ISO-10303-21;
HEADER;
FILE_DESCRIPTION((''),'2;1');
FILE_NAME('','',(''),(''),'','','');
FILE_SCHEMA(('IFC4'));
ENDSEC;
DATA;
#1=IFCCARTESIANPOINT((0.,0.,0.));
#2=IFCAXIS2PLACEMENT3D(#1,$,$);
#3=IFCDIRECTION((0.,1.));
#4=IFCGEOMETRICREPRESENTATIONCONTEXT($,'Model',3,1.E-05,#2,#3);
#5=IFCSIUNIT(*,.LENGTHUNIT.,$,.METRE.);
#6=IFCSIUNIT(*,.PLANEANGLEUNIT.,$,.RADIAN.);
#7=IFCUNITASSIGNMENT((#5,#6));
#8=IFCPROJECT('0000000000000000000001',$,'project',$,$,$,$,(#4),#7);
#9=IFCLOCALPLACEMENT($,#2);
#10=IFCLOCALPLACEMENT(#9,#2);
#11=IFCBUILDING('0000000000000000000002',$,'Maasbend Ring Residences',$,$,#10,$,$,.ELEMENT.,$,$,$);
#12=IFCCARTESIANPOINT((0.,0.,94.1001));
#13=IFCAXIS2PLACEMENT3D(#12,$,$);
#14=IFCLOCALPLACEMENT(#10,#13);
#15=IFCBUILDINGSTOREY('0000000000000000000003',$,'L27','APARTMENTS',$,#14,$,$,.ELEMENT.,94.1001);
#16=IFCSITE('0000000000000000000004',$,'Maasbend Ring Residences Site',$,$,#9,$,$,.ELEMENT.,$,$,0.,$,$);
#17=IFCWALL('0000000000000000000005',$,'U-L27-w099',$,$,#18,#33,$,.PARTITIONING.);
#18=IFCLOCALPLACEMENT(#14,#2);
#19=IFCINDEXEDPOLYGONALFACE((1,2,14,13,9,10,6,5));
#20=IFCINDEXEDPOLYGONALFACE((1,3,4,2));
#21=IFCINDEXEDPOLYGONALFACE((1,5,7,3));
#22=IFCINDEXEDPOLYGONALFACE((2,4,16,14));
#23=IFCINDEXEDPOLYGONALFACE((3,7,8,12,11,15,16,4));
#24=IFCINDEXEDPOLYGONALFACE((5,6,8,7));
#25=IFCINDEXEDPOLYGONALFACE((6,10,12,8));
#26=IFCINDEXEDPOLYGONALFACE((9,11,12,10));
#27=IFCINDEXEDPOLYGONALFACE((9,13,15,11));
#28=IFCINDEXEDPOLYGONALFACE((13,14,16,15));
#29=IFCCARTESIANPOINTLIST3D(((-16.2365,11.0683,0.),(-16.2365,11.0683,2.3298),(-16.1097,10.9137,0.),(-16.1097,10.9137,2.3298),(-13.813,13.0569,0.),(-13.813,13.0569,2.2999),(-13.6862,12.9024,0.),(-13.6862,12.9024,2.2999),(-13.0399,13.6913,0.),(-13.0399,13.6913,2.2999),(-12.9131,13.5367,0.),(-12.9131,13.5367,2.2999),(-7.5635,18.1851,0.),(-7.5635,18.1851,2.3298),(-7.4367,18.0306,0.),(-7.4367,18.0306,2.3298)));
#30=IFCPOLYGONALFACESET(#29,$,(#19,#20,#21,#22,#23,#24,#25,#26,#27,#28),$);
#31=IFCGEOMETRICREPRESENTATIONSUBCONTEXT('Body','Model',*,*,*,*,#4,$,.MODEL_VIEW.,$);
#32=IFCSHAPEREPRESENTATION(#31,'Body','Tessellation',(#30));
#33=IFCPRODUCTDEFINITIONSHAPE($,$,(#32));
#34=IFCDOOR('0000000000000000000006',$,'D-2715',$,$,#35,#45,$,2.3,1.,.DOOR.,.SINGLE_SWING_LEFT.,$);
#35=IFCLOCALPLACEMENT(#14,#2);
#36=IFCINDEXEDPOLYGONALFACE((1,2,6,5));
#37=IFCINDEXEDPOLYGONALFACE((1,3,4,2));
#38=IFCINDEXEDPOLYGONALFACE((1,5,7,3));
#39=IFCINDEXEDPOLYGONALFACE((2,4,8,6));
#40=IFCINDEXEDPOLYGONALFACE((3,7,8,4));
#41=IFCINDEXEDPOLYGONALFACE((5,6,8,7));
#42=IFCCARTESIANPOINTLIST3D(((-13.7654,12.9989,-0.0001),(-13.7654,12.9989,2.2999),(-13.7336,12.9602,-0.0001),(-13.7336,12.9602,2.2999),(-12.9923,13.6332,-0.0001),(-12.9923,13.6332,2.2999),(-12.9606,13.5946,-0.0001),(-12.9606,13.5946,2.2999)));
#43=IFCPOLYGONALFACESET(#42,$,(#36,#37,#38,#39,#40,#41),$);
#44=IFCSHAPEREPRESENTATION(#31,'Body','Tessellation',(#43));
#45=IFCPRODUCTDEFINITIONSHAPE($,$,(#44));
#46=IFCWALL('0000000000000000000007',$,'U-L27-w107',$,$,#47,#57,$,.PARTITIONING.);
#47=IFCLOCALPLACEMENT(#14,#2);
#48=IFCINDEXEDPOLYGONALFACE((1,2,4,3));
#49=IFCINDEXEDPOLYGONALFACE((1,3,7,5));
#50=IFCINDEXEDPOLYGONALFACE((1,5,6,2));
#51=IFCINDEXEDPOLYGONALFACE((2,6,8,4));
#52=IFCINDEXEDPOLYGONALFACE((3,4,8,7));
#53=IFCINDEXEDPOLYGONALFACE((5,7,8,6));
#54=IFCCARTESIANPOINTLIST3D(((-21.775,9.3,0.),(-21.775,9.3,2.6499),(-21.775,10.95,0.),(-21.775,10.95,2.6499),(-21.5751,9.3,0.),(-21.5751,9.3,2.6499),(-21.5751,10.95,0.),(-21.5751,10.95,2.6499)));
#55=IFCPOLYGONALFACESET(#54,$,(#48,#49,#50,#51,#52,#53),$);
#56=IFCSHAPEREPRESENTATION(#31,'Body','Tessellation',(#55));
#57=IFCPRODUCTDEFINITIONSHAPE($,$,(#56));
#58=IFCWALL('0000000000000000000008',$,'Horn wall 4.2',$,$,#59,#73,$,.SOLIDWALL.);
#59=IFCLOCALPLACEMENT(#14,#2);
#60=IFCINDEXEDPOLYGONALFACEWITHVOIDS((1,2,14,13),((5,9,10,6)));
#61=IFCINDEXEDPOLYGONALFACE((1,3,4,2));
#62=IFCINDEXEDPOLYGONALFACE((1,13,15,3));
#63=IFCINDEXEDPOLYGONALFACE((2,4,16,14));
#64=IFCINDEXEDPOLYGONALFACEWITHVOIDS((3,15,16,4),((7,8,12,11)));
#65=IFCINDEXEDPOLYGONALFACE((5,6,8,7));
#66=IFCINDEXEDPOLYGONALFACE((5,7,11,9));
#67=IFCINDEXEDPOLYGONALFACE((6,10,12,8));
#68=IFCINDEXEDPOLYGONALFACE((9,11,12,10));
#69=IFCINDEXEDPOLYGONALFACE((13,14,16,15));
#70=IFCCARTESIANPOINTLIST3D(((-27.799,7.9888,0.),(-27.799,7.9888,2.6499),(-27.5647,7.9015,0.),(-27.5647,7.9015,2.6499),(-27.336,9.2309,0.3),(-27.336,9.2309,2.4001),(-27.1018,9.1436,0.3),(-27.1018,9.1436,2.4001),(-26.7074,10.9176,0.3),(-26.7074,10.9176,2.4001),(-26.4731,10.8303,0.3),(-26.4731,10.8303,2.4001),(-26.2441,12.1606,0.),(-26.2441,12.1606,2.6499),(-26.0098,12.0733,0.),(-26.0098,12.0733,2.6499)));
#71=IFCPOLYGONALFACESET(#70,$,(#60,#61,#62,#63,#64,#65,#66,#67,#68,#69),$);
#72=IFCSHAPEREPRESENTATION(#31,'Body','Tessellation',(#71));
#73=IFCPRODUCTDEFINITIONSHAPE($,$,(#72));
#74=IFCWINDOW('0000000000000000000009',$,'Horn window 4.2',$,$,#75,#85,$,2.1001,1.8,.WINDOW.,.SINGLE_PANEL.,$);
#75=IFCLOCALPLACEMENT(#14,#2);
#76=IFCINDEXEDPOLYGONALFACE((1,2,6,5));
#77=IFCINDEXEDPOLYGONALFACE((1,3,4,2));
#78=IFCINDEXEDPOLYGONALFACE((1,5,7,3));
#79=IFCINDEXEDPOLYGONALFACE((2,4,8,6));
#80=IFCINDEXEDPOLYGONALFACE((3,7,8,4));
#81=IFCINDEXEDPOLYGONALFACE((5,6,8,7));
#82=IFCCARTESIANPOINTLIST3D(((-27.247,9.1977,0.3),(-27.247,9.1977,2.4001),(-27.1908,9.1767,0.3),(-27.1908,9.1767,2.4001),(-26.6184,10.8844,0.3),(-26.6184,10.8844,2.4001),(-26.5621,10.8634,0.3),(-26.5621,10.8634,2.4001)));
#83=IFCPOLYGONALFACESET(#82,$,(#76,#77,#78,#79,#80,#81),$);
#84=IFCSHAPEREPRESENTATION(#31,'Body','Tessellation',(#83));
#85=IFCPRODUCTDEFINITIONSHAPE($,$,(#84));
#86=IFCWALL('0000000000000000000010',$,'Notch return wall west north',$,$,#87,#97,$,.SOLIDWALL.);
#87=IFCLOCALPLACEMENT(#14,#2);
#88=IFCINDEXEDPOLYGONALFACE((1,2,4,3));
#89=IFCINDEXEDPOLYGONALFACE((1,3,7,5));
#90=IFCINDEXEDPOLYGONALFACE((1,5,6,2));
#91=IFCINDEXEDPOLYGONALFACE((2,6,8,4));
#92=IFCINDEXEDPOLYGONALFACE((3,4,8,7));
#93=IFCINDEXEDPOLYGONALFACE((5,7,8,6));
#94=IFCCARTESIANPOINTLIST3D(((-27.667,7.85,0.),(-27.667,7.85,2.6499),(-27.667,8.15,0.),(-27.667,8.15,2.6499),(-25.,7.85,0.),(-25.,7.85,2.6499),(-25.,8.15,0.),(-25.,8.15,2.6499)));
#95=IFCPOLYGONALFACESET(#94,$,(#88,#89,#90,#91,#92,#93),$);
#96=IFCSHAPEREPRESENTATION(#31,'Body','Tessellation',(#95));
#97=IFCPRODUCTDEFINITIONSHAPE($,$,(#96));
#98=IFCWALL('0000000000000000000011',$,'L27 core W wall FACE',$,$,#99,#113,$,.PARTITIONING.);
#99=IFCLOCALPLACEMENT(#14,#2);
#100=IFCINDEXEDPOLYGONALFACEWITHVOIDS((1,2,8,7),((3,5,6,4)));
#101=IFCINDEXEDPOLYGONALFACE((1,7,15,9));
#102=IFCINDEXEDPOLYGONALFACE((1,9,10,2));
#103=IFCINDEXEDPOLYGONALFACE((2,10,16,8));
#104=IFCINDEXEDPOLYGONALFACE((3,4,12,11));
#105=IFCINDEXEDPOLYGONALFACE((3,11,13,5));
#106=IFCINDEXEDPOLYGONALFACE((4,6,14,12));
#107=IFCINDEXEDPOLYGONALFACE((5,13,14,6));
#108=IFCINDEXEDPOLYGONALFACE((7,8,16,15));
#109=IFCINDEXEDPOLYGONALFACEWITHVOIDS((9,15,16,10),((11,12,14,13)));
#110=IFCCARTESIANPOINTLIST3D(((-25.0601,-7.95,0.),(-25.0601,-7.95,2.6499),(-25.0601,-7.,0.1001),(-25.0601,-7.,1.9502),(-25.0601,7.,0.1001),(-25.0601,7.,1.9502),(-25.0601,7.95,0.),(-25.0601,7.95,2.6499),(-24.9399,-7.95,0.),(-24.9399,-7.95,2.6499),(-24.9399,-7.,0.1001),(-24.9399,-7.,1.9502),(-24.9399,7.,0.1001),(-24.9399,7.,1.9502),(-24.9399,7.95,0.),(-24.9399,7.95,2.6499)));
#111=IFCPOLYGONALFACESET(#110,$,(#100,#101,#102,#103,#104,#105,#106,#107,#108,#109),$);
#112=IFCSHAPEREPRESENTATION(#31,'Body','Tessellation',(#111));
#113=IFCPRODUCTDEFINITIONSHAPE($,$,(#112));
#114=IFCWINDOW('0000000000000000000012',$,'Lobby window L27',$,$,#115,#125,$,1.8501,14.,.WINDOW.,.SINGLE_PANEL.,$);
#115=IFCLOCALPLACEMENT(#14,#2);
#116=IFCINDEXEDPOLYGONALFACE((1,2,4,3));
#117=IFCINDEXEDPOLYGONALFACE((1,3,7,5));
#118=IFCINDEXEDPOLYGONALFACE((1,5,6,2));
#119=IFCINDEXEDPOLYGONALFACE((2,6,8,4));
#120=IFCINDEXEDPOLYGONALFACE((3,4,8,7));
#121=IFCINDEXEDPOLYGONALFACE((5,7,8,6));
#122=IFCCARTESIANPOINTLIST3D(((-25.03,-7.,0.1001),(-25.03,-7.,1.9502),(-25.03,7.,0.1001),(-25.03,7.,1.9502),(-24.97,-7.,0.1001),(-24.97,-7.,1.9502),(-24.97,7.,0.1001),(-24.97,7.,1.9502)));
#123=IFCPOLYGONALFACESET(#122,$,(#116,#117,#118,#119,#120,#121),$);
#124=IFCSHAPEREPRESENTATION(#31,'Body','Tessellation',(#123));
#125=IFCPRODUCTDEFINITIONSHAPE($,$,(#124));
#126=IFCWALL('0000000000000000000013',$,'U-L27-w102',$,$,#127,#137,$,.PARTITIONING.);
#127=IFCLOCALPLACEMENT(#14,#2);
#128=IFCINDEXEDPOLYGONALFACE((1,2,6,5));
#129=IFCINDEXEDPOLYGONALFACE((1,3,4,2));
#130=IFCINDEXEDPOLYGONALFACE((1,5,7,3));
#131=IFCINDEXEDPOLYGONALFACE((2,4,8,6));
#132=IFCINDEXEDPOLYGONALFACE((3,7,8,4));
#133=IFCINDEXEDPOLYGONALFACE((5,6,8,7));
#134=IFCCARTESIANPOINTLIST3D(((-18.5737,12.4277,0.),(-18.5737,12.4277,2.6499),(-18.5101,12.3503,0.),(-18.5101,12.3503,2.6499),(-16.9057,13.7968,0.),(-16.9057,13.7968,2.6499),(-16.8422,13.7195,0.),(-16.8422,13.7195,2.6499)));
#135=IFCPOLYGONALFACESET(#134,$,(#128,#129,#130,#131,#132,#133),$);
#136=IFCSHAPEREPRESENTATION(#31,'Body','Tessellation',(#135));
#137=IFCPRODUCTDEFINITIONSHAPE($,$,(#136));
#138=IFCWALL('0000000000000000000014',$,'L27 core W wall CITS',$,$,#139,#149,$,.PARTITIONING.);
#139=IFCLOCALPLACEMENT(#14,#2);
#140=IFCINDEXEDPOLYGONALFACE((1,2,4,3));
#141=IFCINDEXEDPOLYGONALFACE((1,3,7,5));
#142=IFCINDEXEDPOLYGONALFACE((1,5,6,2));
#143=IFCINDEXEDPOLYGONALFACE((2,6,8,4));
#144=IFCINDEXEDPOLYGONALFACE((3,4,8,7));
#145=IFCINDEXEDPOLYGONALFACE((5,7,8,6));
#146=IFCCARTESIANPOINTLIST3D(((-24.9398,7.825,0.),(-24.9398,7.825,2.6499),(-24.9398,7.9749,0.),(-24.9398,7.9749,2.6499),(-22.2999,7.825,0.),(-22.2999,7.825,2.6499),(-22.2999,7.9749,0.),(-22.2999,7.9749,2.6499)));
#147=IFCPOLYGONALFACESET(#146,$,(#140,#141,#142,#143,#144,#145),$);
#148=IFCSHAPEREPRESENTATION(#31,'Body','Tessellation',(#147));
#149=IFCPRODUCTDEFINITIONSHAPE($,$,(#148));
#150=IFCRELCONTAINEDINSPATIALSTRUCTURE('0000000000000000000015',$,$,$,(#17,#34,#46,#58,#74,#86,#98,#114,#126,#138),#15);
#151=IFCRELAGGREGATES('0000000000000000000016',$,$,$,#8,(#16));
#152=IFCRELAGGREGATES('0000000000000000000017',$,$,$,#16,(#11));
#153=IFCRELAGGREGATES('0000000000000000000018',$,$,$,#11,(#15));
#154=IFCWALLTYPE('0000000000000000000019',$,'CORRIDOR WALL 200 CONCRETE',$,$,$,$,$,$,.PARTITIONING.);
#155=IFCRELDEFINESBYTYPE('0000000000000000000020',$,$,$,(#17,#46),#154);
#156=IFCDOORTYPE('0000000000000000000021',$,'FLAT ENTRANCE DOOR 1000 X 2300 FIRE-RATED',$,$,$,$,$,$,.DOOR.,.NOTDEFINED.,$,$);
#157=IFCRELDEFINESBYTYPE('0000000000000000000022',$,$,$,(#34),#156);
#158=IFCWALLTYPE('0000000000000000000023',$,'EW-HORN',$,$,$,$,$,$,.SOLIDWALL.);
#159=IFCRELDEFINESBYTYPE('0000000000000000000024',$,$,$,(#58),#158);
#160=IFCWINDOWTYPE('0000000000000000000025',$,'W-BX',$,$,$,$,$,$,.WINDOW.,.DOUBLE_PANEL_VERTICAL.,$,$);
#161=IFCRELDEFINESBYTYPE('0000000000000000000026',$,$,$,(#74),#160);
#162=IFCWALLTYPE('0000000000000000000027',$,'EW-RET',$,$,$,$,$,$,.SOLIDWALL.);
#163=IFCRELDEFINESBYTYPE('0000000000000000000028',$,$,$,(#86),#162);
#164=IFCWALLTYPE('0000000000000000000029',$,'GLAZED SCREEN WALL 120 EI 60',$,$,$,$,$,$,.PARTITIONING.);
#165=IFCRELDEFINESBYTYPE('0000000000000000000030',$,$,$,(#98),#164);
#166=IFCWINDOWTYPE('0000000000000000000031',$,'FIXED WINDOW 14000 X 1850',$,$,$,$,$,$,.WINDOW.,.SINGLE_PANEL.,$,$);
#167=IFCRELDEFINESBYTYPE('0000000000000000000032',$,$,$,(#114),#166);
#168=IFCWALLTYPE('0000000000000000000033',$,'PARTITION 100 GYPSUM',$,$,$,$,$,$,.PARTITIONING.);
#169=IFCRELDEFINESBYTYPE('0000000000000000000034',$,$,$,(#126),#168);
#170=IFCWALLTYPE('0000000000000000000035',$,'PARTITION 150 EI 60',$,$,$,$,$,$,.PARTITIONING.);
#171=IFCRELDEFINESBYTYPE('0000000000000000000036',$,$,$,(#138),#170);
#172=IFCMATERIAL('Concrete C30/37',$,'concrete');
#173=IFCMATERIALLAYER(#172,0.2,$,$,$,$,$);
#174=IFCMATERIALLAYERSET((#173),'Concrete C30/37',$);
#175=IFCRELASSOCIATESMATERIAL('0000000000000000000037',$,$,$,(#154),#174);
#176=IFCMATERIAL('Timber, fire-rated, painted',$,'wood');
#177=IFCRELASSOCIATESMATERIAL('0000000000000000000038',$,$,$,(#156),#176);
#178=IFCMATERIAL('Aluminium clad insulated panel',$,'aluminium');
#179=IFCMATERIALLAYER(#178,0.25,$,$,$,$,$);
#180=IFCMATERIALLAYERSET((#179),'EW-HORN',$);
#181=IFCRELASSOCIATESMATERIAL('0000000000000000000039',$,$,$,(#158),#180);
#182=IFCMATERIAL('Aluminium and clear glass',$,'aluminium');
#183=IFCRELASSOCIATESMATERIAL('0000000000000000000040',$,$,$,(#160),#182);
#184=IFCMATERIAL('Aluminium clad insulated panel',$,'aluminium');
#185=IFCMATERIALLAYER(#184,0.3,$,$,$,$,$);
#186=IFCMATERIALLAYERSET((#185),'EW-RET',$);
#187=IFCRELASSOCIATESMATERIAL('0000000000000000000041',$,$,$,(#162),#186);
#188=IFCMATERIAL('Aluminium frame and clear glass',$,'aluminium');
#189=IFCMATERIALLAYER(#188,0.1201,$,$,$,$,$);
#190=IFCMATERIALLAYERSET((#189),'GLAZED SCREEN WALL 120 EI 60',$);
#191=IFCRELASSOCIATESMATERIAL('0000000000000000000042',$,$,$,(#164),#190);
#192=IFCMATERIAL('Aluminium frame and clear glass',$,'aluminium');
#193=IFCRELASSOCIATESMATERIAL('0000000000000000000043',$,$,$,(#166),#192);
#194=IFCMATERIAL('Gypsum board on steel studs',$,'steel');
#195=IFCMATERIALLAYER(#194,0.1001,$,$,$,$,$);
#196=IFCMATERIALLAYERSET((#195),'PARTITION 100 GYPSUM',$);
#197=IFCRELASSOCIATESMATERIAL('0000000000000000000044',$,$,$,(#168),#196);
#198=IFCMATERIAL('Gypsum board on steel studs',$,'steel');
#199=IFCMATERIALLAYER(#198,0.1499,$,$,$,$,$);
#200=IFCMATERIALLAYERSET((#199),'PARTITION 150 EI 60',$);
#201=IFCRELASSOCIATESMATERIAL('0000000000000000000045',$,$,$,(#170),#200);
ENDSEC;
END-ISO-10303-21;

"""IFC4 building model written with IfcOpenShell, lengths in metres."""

from ifc_helpers import new_model, si_unit, direction, frame, frame_2d, origin, place, context, subcontext, project, spatial, rectangle, extrude, material, layer, layer_set, type_object, element, fill, save


model = new_model("IFC4")

# Units and contexts
model_context = context("Model", 3, precision=1e-05, world=origin(), true_north=direction((0.0, 1.0)))
body_context = subcontext(model_context, "Body", "Model", "MODEL_VIEW")
ifc_project = project(units=[si_unit("LENGTHUNIT", "METRE"), si_unit("PLANEANGLEUNIT", "RADIAN")], contexts=[model_context])

# Site, building, storey
site_placement = place(None, origin())
site = spatial("IfcSite", under=ifc_project, at=site_placement, Name="Maasbend Ring Residences Site", CompositionType="ELEMENT", RefElevation=0.0)
building_placement = place(site_placement, origin())
building = spatial("IfcBuilding", under=site, at=building_placement, Name="Maasbend Ring Residences", CompositionType="ELEMENT")
storey_placement = place(building_placement, frame((0.0, 0.0, 94.1001)))
storey = spatial("IfcBuildingStorey", under=building, at=storey_placement, Name="L27", Description="APARTMENTS", CompositionType="ELEMENT", Elevation=94.1001)

# Wall, opening, door
ifc_material_1 = material(Name="Concrete C30/37", Category="concrete")
ifc_layer_1 = layer(ifc_material_1, 0.2)
ifc_layer_set_1 = layer_set([ifc_layer_1], Name="Concrete C30/37")
wall_type_1 = type_object("IfcWallType", Name="CORRIDOR WALL 200 CONCRETE", PredefinedType="PARTITIONING", material=ifc_layer_set_1)
wall_1_placement = place(storey_placement, frame((-16.1731, 10.991, 0.0), z_axis=(0.0, 0.0, 1.0), x_axis=(0.773049, 0.634346, 0.0)))
wall_1 = element("IfcWall", 1, at=wall_1_placement, inside=storey, type_object=wall_type_1, Name="U-L27-w099", PredefinedType="PARTITIONING", context=body_context, shape_type="SweptSolid", body=[
    extrude(rectangle(XDim=11.2192, YDim=0.2, at=frame_2d((5.6096, 0.0))), origin(), (0.0, 0.0, 1.0), 2.3298),
])
opening_1_placement = place(wall_1_placement, frame((3.135, 0.0, 0.0)))
opening_1 = element("IfcOpeningElement", 2, at=opening_1_placement, cuts=wall_1, PredefinedType="OPENING", context=body_context, shape_type="SweptSolid", body=[
    extrude(rectangle(XDim=1.0, YDim=2.3, at=frame_2d((0.5, 1.1499))), frame((0.0, 0.1099, 0.0), z_axis=(0.0, -1.0, 0.0), x_axis=(1.0, 0.0, 0.0)), (0.0, 0.0, 1.0), 0.22),
])
ifc_material_2 = material(Name="Timber, fire-rated, painted", Category="wood")
door_type_1 = type_object("IfcDoorType", Name="FLAT ENTRANCE DOOR 1000 X 2300 FIRE-RATED", OperationType="NOTDEFINED", PredefinedType="DOOR", material=ifc_material_2)
door_1_placement = place(opening_1_placement, origin())
door_1 = element("IfcDoor", 3, at=door_1_placement, inside=storey, type_object=door_type_1, Name="D-2715", OperationType="SINGLE_SWING_LEFT", OverallHeight=2.3, OverallWidth=1.0, PredefinedType="DOOR", context=body_context, shape_type="SweptSolid", body=[
    extrude(rectangle(XDim=1.0, YDim=2.3, at=frame_2d((0.5, 1.1499))), frame((0.0, 0.0249, 0.0), z_axis=(0.0, -1.0, 0.0), x_axis=(1.0, 0.0, 0.0)), (0.0, 0.0, 1.0), 0.05),
])
fill(opening_1, door_1)

# Wall
wall_2_placement = place(storey_placement, frame((-21.675, 9.3, 0.0), z_axis=(0.0, 0.0, 1.0), x_axis=(0.0, 1.0, 0.0)))
element("IfcWall", 4, at=wall_2_placement, inside=storey, type_object=wall_type_1, Name="U-L27-w107", PredefinedType="PARTITIONING", context=body_context, shape_type="SweptSolid", body=[
    extrude(rectangle(XDim=1.6499, YDim=0.2, at=frame_2d((0.825, 0.0))), origin(), (0.0, 0.0, 1.0), 2.6499),
])

# Wall, opening, window
ifc_material_3 = material(Name="Aluminium clad insulated panel", Category="aluminium")
ifc_layer_2 = layer(ifc_material_3, 0.25)
ifc_layer_set_2 = layer_set([ifc_layer_2], Name="EW-HORN")
wall_type_2 = type_object("IfcWallType", Name="EW-HORN", PredefinedType="SOLIDWALL", material=ifc_layer_set_2)
wall_3_placement = place(storey_placement, frame((-26.127, 12.1169, 0.0), z_axis=(0.0, 0.0, 1.0), x_axis=(-0.349248, -0.93703, 0.0)))
wall_3 = element("IfcWall", 5, at=wall_3_placement, inside=storey, type_object=wall_type_2, Name="Horn wall 4.2", PredefinedType="SOLIDWALL", context=body_context, shape_type="SweptSolid", body=[
    extrude(rectangle(XDim=4.4521, YDim=0.25, at=frame_2d((2.2261, 0.0))), origin(), (0.0, 0.0, 1.0), 2.6499),
])
opening_2_placement = place(wall_3_placement, frame((1.3267, 0.0, 0.3)))
opening_2 = element("IfcOpeningElement", 6, at=opening_2_placement, cuts=wall_3, PredefinedType="OPENING", context=body_context, shape_type="SweptSolid", body=[
    extrude(rectangle(XDim=1.8, YDim=2.1001, at=frame_2d((0.8999, 1.05))), frame((0.0, 0.135, 0.0), z_axis=(0.0, -1.0, 0.0), x_axis=(1.0, 0.0, 0.0)), (0.0, 0.0, 1.0), 0.27),
])
ifc_material_4 = material(Name="Aluminium and clear glass", Category="aluminium")
window_type_1 = type_object("IfcWindowType", Name="W-BX", PartitioningType="DOUBLE_PANEL_VERTICAL", PredefinedType="WINDOW", material=ifc_material_4)
window_1_placement = place(opening_2_placement, origin())
window_1 = element("IfcWindow", 7, at=window_1_placement, inside=storey, type_object=window_type_1, Name="Horn window 4.2", OverallHeight=2.1001, OverallWidth=1.8, PartitioningType="SINGLE_PANEL", PredefinedType="WINDOW", context=body_context, shape_type="SweptSolid", body=[
    extrude(rectangle(XDim=1.8, YDim=2.1001, at=frame_2d((0.8999, 1.05))), frame((0.0, 0.03, 0.0), z_axis=(0.0, -1.0, 0.0), x_axis=(1.0, 0.0, 0.0)), (0.0, 0.0, 1.0), 0.0601),
])
fill(opening_2, window_1)

# Wall
ifc_material_5 = material(Name="Aluminium clad insulated panel", Category="aluminium")
ifc_layer_3 = layer(ifc_material_5, 0.3)
ifc_layer_set_3 = layer_set([ifc_layer_3], Name="EW-RET")
wall_type_3 = type_object("IfcWallType", Name="EW-RET", PredefinedType="SOLIDWALL", material=ifc_layer_set_3)
wall_4_placement = place(storey_placement, frame((-25.0, 8.0, 0.0), z_axis=(0.0, 0.0, 1.0), x_axis=(-1.0, 0.0, 0.0)))
element("IfcWall", 8, at=wall_4_placement, inside=storey, type_object=wall_type_3, Name="Notch return wall west north", PredefinedType="SOLIDWALL", context=body_context, shape_type="SweptSolid", body=[
    extrude(rectangle(XDim=2.667, YDim=0.3, at=frame_2d((1.3335, 0.0))), origin(), (0.0, 0.0, 1.0), 2.6499),
])

# Wall, opening, window
ifc_material_6 = material(Name="Aluminium frame and clear glass", Category="aluminium")
ifc_layer_4 = layer(ifc_material_6, 0.1201)
ifc_layer_set_4 = layer_set([ifc_layer_4], Name="GLAZED SCREEN WALL 120 EI 60")
wall_type_4 = type_object("IfcWallType", Name="GLAZED SCREEN WALL 120 EI 60", PredefinedType="PARTITIONING", material=ifc_layer_set_4)
wall_5_placement = place(storey_placement, frame((-25.0, 7.95, 0.0), z_axis=(0.0, 0.0, 1.0), x_axis=(0.0, -1.0, 0.0)))
wall_5 = element("IfcWall", 9, at=wall_5_placement, inside=storey, type_object=wall_type_4, Name="L27 core W wall FACE", PredefinedType="PARTITIONING", context=body_context, shape_type="SweptSolid", body=[
    extrude(rectangle(XDim=15.8999, YDim=0.1201, at=frame_2d((7.95, 0.0))), origin(), (0.0, 0.0, 1.0), 2.6499),
])
opening_3_placement = place(wall_5_placement, frame((0.95, 0.0, 0.1001)))
opening_3 = element("IfcOpeningElement", 10, at=opening_3_placement, cuts=wall_5, PredefinedType="OPENING", context=body_context, shape_type="SweptSolid", body=[
    extrude(rectangle(XDim=14.0, YDim=1.8501, at=frame_2d((7.0, 0.925))), frame((0.0, 0.0701, 0.0), z_axis=(0.0, -1.0, 0.0), x_axis=(1.0, 0.0, 0.0)), (0.0, 0.0, 1.0), 0.1401),
])
ifc_material_7 = material(Name="Aluminium frame and clear glass", Category="aluminium")
window_type_2 = type_object("IfcWindowType", Name="FIXED WINDOW 14000 X 1850", PartitioningType="SINGLE_PANEL", PredefinedType="WINDOW", material=ifc_material_7)
window_2_placement = place(opening_3_placement, origin())
window_2 = element("IfcWindow", 11, at=window_2_placement, inside=storey, type_object=window_type_2, Name="Lobby window L27", OverallHeight=1.8501, OverallWidth=14.0, PartitioningType="SINGLE_PANEL", PredefinedType="WINDOW", context=body_context, shape_type="SweptSolid", body=[
    extrude(rectangle(XDim=14.0, YDim=1.8501, at=frame_2d((7.0, 0.925))), frame((0.0, 0.03, 0.0), z_axis=(0.0, -1.0, 0.0), x_axis=(1.0, 0.0, 0.0)), (0.0, 0.0, 1.0), 0.0601),
])
fill(opening_3, window_2)

# Walls
ifc_material_8 = material(Name="Gypsum board on steel studs", Category="steel")
ifc_layer_5 = layer(ifc_material_8, 0.1001)
ifc_layer_set_5 = layer_set([ifc_layer_5], Name="PARTITION 100 GYPSUM")
wall_type_5 = type_object("IfcWallType", Name="PARTITION 100 GYPSUM", PredefinedType="PARTITIONING", material=ifc_layer_set_5)
wall_6_placement = place(storey_placement, frame((-18.542, 12.3889, 0.0), z_axis=(0.0, 0.0, 1.0), x_axis=(0.772948, 0.634469, 0.0)))
element("IfcWall", 12, at=wall_6_placement, inside=storey, type_object=wall_type_5, Name="U-L27-w102", PredefinedType="PARTITIONING", context=body_context, shape_type="SweptSolid", body=[
    extrude(rectangle(XDim=2.158, YDim=0.1001, at=frame_2d((1.0791, 0.0))), origin(), (0.0, 0.0, 1.0), 2.6499),
])
ifc_material_9 = material(Name="Gypsum board on steel studs", Category="steel")
ifc_layer_6 = layer(ifc_material_9, 0.1499)
ifc_layer_set_6 = layer_set([ifc_layer_6], Name="PARTITION 150 EI 60")
wall_type_6 = type_object("IfcWallType", Name="PARTITION 150 EI 60", PredefinedType="PARTITIONING", material=ifc_layer_set_6)
wall_7_placement = place(storey_placement, frame((-22.3, 7.8999, 0.0), z_axis=(0.0, 0.0, 1.0), x_axis=(-1.0, 0.0, 0.0)))
element("IfcWall", 13, at=wall_7_placement, inside=storey, type_object=wall_type_6, Name="L27 core W wall CITS", PredefinedType="PARTITIONING", context=body_context, shape_type="SweptSolid", body=[
    extrude(rectangle(XDim=2.6399, YDim=0.1499, at=frame_2d((1.3198, 0.0))), origin(), (0.0, 0.0, 1.0), 2.6499),
])

save(model, "model.ifc")
